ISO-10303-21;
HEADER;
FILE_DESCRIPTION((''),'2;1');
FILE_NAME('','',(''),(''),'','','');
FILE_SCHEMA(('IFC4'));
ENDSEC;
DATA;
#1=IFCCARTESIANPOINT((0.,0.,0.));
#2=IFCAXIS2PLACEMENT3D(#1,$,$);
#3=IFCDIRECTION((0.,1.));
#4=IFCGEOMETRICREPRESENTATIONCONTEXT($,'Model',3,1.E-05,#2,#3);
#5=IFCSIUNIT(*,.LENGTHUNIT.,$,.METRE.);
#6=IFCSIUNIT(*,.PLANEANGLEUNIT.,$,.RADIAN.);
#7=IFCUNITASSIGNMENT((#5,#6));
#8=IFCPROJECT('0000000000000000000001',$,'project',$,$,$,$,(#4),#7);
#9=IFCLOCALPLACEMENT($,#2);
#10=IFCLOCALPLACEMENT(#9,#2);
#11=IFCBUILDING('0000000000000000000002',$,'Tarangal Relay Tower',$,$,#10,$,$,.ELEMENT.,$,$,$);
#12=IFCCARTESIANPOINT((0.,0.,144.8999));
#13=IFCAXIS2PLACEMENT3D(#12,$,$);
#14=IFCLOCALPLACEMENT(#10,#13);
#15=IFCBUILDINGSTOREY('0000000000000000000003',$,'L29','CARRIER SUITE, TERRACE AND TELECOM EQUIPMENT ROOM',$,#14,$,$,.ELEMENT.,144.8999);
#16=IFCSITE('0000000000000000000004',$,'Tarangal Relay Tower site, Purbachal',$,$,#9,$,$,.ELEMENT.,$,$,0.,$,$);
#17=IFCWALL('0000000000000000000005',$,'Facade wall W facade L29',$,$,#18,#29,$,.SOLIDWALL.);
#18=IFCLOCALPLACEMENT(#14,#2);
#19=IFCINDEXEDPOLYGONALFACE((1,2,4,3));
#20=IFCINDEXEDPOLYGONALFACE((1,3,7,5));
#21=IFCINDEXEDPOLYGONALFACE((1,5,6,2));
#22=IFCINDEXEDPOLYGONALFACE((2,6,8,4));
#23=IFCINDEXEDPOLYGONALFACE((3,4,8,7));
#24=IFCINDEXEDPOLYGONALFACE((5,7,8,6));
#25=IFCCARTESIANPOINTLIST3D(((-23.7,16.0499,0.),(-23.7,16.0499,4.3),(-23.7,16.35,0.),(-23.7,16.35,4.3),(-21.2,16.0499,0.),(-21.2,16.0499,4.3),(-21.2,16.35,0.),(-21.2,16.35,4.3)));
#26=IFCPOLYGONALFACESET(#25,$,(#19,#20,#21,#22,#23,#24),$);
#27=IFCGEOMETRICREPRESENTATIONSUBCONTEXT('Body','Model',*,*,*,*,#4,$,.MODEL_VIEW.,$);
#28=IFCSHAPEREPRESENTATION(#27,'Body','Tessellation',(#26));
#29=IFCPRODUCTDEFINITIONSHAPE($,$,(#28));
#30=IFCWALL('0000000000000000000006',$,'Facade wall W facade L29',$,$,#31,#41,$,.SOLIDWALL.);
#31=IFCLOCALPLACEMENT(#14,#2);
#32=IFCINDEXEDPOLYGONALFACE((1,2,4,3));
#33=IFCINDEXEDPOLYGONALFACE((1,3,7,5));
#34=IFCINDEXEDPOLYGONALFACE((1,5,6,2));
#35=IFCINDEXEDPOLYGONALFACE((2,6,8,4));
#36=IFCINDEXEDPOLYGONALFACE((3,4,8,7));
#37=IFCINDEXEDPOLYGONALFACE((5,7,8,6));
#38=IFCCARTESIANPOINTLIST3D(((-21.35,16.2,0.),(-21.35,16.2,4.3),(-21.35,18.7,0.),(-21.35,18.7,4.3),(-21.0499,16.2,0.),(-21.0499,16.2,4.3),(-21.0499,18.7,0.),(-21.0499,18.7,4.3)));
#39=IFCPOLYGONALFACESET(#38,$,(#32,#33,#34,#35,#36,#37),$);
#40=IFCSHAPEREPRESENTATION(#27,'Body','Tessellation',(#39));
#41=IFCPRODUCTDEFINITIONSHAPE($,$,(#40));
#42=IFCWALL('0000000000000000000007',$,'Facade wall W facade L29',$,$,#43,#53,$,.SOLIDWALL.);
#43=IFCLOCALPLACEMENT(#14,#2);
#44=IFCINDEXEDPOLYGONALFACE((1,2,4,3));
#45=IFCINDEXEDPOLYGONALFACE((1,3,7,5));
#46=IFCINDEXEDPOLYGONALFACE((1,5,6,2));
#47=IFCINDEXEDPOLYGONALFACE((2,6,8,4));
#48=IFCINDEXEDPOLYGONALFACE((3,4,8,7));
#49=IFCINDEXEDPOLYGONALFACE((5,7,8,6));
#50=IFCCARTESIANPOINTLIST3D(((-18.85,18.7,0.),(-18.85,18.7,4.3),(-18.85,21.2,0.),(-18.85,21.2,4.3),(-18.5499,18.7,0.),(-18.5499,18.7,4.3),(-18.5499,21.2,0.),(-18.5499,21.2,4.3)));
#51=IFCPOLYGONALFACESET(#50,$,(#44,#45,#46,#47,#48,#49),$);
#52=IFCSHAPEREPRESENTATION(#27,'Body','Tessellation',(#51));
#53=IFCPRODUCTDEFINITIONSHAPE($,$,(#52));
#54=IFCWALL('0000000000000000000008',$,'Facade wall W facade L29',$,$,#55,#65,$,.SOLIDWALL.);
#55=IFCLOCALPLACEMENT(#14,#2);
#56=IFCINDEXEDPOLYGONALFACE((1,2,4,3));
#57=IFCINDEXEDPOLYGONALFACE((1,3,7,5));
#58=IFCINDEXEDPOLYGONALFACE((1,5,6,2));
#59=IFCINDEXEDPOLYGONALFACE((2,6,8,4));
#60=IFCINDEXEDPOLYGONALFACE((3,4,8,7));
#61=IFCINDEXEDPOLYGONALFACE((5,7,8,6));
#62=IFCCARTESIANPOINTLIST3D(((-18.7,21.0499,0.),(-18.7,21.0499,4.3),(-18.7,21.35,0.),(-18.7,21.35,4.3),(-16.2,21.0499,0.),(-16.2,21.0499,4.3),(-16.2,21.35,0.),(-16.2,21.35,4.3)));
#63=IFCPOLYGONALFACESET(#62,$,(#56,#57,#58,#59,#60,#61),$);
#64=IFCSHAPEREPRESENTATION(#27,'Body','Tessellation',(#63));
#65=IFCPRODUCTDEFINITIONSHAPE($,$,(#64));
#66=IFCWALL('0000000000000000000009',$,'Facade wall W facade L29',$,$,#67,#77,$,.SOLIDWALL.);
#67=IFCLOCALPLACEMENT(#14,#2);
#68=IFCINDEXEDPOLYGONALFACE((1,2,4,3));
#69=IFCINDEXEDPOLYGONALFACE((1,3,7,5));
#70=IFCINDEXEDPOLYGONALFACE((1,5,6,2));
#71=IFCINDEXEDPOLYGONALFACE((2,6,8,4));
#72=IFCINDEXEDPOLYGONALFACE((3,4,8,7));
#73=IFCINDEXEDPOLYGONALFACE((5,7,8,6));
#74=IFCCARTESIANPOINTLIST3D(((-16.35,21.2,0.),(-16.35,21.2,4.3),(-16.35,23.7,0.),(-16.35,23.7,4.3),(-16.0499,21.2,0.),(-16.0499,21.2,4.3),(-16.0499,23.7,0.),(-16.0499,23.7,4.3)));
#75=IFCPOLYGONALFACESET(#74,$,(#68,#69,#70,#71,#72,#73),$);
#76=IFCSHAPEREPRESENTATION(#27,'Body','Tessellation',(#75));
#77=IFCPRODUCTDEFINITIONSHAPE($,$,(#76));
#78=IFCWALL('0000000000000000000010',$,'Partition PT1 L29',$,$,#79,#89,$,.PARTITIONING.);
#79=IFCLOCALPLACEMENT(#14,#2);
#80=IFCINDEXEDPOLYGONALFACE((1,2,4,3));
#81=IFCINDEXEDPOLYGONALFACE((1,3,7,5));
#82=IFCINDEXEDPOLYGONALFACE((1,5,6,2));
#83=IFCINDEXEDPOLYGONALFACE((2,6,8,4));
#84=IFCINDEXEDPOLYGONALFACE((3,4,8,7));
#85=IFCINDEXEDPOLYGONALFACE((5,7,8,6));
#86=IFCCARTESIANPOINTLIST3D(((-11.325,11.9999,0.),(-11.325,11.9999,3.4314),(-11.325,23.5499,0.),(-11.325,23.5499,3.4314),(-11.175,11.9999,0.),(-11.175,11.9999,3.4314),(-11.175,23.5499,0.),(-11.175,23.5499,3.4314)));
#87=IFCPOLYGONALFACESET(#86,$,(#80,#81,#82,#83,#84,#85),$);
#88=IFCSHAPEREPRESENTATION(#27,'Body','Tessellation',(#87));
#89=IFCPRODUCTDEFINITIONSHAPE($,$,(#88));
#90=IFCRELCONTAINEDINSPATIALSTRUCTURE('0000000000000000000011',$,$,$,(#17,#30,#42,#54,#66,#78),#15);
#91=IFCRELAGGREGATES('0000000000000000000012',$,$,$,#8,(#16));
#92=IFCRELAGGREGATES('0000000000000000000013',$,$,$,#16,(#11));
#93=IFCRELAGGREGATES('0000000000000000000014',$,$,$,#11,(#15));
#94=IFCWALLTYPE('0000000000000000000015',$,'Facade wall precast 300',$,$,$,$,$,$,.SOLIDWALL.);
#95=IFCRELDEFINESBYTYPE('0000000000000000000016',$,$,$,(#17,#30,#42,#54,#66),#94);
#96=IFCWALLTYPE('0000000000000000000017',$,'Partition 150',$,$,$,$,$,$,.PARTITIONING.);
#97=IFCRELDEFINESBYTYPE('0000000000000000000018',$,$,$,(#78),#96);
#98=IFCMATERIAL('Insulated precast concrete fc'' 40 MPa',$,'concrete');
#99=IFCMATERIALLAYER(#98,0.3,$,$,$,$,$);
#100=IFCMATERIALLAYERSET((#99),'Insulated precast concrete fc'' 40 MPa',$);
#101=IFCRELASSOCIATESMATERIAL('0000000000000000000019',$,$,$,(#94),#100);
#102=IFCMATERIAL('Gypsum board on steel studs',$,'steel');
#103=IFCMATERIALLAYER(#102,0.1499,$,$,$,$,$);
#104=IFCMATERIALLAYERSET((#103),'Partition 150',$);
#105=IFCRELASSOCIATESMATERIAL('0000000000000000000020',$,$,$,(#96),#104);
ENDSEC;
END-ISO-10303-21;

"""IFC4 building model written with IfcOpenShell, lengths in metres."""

from ifc_helpers import new_model, si_unit, direction, frame, frame_2d, origin, place, context, subcontext, project, spatial, rectangle, extrude, material, layer, layer_set, type_object, element, save


model = new_model("IFC4")

# Units and contexts
model_context = context("Model", 3, precision=1e-05, world=origin(), true_north=direction((0.0, 1.0)))
body_context = subcontext(model_context, "Body", "Model", "MODEL_VIEW")
ifc_project = project(units=[si_unit("LENGTHUNIT", "METRE"), si_unit("PLANEANGLEUNIT", "RADIAN")], contexts=[model_context])

# Site, building, storey
site_placement = place(None, origin())
site = spatial("IfcSite", under=ifc_project, at=site_placement, Name="Tarangal Relay Tower site, Purbachal", CompositionType="ELEMENT", RefElevation=0.0)
building_placement = place(site_placement, origin())
building = spatial("IfcBuilding", under=site, at=building_placement, Name="Tarangal Relay Tower", CompositionType="ELEMENT")
storey_placement = place(building_placement, frame((0.0, 0.0, 144.8999)))
storey = spatial("IfcBuildingStorey", under=building, at=storey_placement, Name="L29", Description="CARRIER SUITE, TERRACE AND TELECOM EQUIPMENT ROOM", CompositionType="ELEMENT", Elevation=144.8999)

# Shared definitions
ifc_material_1 = material(Name="Insulated precast concrete fc' 40 MPa", Category="concrete")
ifc_layer_1 = layer(ifc_material_1, 0.3)
ifc_layer_set_1 = layer_set([ifc_layer_1], Name="Insulated precast concrete fc' 40 MPa")
wall_type_1 = type_object("IfcWallType", Name="Facade wall precast 300", PredefinedType="SOLIDWALL", material=ifc_layer_set_1)

# Walls
for number, where, z_axis, x_axis, name in (
    (1, (-23.7, 16.2, 0.0), (0.0, 0.0, 1.0), (1.0, 0.0, 0.0), "Facade wall W facade L29"),
    (2, (-21.2, 16.2, 0.0), (0.0, 0.0, 1.0), (0.0, 1.0, 0.0), "Facade wall W facade L29"),
):
    element("IfcWall", number, at=place(storey_placement, frame(where, z_axis=z_axis, x_axis=x_axis)), inside=storey, type_object=wall_type_1, Name=name, PredefinedType="SOLIDWALL", context=body_context, shape_type="SweptSolid", body=[
        extrude(rectangle(XDim=2.5, YDim=0.3, at=frame_2d((1.25, 0.0))), origin(), (0.0, 0.0, 1.0), 4.3),
    ])

# Walls
for number, where, z_axis, x_axis, name in (
    (3, (-18.7, 18.7, 0.0), (0.0, 0.0, 1.0), (0.0, 1.0, 0.0), "Facade wall W facade L29"),
    (4, (-18.7, 21.2, 0.0), (0.0, 0.0, 1.0), (1.0, 0.0, 0.0), "Facade wall W facade L29"),
    (5, (-16.2, 21.2, 0.0), (0.0, 0.0, 1.0), (0.0, 1.0, 0.0), "Facade wall W facade L29"),
):
    element("IfcWall", number, at=place(storey_placement, frame(where, z_axis=z_axis, x_axis=x_axis)), inside=storey, type_object=wall_type_1, Name=name, PredefinedType="SOLIDWALL", context=body_context, shape_type="SweptSolid", body=[
        extrude(rectangle(XDim=2.5, YDim=0.3, at=frame_2d((1.25, 0.0))), origin(), (0.0, 0.0, 1.0), 4.3),
    ])
ifc_material_2 = material(Name="Gypsum board on steel studs", Category="steel")
ifc_layer_2 = layer(ifc_material_2, 0.1499)
ifc_layer_set_2 = layer_set([ifc_layer_2], Name="Partition 150")
wall_type_2 = type_object("IfcWallType", Name="Partition 150", PredefinedType="PARTITIONING", material=ifc_layer_set_2)
wall_1_placement = place(storey_placement, frame((-11.25, 12.0, 0.0), z_axis=(0.0, 0.0, 1.0), x_axis=(0.0, 1.0, 0.0)))
element("IfcWall", 6, at=wall_1_placement, inside=storey, type_object=wall_type_2, Name="Partition PT1 L29", PredefinedType="PARTITIONING", context=body_context, shape_type="SweptSolid", body=[
    extrude(rectangle(XDim=11.55, YDim=0.1499, at=frame_2d((5.7749, 0.0))), origin(), (0.0, 0.0, 1.0), 3.4314),
])

save(model, "model.ifc")
